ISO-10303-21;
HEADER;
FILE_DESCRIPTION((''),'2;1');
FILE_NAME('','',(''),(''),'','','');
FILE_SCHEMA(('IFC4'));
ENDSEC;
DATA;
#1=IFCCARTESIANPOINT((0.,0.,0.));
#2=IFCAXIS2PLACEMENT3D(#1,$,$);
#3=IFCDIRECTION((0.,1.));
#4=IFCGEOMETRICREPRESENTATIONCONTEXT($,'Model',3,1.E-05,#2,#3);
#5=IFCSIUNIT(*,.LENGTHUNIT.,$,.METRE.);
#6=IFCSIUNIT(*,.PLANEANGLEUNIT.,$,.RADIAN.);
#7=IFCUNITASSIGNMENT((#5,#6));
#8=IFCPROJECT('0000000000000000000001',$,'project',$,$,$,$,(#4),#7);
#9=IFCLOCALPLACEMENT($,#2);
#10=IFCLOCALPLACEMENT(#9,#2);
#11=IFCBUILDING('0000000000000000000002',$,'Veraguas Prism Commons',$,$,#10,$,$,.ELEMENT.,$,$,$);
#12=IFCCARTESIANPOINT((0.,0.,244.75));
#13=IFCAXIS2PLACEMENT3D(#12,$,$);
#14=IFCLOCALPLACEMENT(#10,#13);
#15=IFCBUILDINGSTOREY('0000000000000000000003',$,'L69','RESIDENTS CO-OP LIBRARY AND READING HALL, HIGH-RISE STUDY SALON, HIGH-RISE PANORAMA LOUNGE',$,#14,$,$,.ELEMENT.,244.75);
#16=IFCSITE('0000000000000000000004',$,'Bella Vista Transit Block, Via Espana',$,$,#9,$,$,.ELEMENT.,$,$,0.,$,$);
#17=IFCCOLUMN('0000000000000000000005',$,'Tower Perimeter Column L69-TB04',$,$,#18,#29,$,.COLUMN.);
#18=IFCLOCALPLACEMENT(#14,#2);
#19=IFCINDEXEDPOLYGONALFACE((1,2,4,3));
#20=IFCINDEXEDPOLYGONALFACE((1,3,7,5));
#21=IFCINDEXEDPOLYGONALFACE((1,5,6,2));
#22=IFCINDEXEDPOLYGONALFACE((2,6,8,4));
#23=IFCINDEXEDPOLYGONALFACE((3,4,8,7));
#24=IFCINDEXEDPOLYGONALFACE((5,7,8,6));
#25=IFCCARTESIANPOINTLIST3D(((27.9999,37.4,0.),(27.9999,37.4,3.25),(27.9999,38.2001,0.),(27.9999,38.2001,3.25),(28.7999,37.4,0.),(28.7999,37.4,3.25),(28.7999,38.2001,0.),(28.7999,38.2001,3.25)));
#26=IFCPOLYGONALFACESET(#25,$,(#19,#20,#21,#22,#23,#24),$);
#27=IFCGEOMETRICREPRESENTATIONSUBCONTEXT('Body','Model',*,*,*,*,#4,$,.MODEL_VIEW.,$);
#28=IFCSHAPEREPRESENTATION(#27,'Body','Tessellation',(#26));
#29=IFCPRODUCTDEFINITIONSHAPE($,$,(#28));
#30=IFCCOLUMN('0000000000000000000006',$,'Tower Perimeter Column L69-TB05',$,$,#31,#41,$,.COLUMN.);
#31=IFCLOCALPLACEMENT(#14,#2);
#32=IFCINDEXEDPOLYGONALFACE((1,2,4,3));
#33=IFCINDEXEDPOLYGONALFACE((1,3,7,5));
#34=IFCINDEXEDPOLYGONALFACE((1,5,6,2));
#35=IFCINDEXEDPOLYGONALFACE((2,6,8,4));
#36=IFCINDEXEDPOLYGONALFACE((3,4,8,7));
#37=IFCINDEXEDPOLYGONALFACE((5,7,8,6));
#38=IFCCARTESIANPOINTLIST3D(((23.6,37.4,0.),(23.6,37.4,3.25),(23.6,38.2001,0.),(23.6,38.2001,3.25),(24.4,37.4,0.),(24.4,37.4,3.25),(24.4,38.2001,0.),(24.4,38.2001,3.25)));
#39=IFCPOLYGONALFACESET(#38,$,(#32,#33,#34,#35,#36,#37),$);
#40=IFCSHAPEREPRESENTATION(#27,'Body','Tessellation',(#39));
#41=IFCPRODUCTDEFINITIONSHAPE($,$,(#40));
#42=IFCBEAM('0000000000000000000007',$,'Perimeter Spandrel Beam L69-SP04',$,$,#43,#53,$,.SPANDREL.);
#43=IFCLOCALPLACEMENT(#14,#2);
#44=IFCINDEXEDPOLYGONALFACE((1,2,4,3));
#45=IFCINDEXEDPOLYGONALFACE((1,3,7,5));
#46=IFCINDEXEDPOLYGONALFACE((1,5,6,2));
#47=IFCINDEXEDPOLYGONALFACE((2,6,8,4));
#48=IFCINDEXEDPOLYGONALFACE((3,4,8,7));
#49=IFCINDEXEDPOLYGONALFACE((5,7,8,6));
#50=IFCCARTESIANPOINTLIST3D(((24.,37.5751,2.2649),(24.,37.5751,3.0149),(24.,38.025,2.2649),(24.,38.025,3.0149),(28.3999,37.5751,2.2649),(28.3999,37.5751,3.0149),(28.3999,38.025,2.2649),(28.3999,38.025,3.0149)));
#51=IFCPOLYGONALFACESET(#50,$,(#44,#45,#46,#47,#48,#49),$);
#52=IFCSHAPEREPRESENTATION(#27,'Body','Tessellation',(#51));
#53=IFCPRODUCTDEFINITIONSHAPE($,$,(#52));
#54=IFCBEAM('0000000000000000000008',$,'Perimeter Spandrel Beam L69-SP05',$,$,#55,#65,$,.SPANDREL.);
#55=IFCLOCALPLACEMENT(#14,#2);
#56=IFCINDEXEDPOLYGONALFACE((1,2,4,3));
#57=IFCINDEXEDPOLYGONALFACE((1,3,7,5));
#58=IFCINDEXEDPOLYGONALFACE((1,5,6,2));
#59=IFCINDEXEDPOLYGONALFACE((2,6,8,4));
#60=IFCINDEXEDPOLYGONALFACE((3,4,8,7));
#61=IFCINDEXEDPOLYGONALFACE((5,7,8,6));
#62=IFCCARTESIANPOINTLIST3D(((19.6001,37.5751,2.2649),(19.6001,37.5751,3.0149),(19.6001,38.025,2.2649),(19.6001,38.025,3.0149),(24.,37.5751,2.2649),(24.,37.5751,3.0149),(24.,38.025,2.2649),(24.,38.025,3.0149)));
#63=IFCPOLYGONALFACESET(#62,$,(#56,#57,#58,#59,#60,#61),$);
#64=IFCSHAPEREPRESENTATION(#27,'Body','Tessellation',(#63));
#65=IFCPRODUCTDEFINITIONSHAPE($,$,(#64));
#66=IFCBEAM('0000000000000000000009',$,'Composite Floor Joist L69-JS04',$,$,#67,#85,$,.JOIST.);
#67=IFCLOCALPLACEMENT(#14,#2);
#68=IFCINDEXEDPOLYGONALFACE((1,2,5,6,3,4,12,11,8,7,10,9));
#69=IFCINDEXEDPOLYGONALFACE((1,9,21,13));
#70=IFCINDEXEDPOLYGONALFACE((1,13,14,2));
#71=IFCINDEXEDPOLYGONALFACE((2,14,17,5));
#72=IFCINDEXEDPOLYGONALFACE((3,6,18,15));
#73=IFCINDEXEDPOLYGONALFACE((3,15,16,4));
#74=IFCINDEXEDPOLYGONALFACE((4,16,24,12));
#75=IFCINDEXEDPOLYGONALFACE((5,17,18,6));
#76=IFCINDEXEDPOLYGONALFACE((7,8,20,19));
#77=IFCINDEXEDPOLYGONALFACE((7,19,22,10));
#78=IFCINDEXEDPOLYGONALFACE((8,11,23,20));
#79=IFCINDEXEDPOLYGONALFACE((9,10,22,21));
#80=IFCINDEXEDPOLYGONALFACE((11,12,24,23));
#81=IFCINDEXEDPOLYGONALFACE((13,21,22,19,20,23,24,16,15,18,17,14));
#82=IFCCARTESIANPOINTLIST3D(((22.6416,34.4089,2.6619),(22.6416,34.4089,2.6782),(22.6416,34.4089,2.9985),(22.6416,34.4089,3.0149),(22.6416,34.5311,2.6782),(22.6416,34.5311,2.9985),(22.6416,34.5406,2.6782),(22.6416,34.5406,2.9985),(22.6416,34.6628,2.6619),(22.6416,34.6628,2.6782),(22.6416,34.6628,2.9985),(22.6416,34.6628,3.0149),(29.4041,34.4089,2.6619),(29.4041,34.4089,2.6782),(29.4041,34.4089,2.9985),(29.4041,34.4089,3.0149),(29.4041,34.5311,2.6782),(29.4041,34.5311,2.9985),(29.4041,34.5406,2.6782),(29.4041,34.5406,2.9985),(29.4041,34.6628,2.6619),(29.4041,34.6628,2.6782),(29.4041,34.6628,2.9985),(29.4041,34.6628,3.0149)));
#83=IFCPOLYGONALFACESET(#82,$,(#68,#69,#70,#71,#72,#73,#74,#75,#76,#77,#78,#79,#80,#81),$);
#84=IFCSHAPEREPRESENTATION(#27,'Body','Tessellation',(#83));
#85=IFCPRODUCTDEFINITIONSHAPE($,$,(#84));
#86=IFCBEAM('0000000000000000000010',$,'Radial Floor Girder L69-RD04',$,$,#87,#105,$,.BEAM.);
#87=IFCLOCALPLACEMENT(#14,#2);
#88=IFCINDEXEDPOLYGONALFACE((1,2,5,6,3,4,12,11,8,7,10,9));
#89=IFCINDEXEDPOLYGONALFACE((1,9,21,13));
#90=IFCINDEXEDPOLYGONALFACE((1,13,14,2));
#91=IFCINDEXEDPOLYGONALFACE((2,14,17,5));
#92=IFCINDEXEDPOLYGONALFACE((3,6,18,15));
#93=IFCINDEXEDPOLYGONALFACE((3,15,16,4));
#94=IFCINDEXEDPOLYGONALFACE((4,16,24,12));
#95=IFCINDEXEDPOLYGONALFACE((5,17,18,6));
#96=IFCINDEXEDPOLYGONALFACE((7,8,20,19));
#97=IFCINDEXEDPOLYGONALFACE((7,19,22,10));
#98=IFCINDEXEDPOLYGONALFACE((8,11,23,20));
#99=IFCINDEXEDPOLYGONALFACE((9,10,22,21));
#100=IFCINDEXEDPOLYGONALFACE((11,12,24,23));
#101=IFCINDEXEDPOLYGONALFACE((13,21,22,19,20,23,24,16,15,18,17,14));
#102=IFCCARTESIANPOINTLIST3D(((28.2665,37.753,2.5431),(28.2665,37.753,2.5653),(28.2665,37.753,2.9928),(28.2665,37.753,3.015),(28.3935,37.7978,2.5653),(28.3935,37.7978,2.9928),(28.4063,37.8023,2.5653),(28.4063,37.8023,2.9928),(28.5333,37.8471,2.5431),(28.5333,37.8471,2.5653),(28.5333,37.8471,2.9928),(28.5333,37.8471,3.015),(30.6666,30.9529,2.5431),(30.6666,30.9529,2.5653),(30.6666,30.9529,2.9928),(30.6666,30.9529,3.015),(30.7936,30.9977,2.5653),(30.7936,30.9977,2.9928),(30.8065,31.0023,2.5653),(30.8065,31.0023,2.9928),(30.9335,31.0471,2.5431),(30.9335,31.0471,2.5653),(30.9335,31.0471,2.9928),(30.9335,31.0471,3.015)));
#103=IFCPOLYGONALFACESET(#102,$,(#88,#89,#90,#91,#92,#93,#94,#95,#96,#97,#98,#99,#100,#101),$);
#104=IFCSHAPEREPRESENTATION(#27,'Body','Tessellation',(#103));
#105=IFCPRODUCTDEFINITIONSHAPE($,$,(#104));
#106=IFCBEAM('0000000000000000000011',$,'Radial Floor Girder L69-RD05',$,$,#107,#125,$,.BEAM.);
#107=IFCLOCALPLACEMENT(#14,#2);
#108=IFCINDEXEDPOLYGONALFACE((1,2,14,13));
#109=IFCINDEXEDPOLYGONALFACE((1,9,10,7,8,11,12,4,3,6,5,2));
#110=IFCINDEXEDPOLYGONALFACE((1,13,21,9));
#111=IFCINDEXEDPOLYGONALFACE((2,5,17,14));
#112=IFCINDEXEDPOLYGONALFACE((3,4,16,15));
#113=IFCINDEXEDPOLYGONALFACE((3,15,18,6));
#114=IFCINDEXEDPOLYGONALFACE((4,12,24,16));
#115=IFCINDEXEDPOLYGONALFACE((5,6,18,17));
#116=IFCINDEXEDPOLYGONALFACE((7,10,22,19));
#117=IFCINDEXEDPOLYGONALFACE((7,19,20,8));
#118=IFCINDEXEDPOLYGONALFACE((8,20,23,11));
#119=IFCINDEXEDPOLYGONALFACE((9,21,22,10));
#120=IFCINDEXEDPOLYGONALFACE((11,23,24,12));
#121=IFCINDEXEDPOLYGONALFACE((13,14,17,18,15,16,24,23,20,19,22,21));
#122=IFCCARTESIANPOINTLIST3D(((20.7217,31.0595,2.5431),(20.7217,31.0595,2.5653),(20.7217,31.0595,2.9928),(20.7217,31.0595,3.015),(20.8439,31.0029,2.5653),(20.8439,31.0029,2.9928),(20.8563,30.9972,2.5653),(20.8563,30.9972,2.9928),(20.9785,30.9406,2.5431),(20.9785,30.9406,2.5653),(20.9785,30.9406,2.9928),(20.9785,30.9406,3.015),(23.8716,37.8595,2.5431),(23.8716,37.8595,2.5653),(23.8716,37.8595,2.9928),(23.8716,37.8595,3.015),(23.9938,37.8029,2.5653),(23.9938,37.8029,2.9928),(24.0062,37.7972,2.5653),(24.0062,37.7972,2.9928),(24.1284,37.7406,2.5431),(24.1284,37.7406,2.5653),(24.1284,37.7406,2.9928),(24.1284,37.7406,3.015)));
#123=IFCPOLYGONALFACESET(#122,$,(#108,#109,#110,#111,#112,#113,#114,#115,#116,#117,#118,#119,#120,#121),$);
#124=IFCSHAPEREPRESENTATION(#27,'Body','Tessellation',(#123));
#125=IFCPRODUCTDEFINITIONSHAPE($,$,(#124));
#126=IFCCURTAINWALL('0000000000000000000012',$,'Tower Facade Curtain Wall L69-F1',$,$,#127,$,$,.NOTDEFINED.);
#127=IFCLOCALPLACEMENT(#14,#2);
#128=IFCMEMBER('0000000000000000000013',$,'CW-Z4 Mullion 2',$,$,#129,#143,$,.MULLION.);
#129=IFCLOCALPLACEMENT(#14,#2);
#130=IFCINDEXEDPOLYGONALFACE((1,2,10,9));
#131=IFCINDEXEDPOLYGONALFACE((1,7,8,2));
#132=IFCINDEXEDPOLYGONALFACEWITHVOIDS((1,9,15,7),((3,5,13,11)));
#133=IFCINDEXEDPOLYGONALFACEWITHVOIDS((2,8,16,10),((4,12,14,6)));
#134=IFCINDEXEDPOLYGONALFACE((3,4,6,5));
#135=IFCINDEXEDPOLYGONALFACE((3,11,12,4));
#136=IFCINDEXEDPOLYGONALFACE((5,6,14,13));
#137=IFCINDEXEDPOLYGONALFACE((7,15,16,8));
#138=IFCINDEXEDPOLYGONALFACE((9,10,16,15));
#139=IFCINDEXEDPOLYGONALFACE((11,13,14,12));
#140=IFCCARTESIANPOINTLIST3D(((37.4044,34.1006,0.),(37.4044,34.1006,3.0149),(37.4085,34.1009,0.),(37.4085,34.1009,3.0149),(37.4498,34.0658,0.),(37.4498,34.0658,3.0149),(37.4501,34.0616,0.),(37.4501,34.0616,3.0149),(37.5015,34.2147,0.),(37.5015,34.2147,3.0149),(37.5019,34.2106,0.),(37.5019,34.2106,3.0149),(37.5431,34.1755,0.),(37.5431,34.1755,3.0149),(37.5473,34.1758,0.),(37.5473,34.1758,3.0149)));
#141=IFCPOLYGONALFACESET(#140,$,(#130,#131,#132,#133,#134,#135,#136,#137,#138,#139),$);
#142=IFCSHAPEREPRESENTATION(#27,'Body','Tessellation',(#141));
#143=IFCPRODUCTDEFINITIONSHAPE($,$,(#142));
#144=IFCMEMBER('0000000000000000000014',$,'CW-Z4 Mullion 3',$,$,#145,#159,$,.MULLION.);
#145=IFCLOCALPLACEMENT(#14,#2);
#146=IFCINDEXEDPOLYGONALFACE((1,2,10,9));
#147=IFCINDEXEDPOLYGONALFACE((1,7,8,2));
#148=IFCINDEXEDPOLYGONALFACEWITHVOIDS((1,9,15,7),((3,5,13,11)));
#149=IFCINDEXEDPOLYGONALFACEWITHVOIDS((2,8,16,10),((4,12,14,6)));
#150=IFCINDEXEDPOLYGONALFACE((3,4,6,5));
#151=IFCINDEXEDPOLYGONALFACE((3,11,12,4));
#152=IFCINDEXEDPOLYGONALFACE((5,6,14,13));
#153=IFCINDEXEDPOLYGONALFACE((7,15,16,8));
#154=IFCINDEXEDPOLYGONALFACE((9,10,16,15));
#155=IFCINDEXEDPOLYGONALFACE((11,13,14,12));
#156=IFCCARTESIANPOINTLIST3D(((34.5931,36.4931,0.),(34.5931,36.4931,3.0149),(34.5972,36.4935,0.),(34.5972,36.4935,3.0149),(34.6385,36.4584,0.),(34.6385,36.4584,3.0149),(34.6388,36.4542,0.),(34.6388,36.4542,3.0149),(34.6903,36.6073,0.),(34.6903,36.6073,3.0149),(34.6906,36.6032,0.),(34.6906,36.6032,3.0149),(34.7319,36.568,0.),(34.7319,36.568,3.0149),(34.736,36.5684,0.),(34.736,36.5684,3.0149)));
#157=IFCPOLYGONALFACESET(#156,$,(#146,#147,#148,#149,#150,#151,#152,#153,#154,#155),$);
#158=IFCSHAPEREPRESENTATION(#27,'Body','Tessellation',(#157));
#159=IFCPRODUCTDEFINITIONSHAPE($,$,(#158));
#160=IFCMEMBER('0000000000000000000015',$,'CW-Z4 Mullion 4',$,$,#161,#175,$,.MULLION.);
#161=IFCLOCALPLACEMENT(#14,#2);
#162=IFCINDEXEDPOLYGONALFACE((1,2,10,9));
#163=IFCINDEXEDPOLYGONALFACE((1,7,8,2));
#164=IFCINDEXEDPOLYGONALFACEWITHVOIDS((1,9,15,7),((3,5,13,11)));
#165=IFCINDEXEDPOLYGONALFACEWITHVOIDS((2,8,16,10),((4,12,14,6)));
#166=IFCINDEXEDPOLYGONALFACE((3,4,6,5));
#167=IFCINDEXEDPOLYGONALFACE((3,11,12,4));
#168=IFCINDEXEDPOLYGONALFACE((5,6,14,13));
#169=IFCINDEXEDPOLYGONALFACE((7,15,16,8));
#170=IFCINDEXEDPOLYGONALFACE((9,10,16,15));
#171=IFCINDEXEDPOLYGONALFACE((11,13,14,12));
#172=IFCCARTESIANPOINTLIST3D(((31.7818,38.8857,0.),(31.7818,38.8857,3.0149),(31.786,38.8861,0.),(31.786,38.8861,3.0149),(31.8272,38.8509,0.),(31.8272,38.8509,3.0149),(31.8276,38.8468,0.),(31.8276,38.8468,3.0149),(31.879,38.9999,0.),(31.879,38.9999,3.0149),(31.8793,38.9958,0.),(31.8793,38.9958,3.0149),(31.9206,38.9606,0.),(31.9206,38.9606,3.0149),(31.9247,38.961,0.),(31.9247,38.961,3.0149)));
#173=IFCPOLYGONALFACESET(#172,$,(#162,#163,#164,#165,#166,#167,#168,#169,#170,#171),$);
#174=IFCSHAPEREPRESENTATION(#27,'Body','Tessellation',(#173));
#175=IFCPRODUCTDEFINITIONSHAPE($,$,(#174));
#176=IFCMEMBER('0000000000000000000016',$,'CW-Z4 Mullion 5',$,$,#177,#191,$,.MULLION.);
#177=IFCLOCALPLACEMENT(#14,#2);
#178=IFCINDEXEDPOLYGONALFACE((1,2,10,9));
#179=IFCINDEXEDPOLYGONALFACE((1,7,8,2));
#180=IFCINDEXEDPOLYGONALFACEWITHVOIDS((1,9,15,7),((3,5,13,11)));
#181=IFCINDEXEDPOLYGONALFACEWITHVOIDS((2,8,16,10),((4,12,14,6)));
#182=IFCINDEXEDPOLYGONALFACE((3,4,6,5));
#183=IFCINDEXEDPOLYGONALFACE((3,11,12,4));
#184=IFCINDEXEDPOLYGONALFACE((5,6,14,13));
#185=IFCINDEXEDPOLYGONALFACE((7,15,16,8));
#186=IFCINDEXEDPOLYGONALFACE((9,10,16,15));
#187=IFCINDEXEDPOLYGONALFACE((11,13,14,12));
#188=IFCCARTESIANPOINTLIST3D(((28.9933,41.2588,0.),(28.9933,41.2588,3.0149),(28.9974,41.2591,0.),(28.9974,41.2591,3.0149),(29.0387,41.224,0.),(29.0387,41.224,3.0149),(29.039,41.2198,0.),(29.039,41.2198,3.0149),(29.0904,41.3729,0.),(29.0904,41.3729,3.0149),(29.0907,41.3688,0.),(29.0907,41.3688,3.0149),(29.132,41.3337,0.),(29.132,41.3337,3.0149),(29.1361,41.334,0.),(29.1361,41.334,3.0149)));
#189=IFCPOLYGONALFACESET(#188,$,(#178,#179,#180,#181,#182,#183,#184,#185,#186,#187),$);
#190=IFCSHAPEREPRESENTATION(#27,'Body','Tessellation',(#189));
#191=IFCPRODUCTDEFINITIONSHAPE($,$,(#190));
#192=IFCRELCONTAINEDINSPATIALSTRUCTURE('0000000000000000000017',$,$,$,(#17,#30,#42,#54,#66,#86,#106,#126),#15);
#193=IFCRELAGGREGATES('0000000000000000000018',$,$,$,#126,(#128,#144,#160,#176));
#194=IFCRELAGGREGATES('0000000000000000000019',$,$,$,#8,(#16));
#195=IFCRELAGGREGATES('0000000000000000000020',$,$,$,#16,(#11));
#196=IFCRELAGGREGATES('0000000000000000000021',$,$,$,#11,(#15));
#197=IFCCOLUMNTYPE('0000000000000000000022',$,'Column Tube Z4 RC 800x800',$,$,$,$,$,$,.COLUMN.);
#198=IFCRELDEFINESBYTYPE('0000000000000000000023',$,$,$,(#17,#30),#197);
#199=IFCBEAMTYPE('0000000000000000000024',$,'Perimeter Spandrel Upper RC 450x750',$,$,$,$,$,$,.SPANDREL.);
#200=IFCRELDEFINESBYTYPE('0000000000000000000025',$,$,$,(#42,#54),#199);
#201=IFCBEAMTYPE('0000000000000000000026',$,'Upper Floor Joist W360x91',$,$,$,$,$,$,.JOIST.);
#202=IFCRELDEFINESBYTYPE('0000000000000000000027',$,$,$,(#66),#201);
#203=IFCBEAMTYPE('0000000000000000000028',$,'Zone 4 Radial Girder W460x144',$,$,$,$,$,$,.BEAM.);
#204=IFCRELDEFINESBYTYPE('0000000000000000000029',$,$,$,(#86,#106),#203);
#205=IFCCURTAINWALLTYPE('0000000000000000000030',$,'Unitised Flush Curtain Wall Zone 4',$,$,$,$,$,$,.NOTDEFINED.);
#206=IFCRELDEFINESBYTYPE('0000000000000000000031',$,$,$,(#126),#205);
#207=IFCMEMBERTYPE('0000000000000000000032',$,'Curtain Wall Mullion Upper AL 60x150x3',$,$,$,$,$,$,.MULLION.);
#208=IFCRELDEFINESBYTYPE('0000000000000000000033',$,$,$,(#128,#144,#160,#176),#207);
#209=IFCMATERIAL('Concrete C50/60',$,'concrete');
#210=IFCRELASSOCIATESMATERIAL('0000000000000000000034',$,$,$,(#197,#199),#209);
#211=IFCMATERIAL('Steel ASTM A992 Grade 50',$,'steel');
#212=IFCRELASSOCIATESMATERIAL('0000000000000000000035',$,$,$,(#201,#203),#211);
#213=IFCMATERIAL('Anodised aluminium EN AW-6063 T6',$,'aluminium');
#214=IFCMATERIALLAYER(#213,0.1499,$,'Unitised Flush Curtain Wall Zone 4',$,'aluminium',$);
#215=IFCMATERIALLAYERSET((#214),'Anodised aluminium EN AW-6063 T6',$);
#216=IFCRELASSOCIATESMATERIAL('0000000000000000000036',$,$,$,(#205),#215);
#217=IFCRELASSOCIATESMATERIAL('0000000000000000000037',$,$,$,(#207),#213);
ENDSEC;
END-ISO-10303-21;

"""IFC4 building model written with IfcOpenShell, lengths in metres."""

from ifc_helpers import new_model, si_unit, direction, frame, origin, origin_2d, place, context, subcontext, project, spatial, rectangle, hollow_rectangle, i_section, extrude, source, transform, mapped, material, layer, layer_set, material_profile, profile_set, type_object, element, aggregate, save


model = new_model("IFC4")

# Units and contexts
model_context = context("Model", 3, precision=1e-05, world=origin(), true_north=direction((0.0, 1.0)))
body_context = subcontext(model_context, "Body", "Model", "MODEL_VIEW")
ifc_project = project(units=[si_unit("LENGTHUNIT", "METRE"), si_unit("PLANEANGLEUNIT", "RADIAN")], contexts=[model_context])

# Site, building, storey
site_placement = place(None, origin())
site = spatial("IfcSite", under=ifc_project, at=site_placement, Name="Bella Vista Transit Block, Via Espana", CompositionType="ELEMENT", RefElevation=0.0)
building_placement = place(site_placement, origin())
building = spatial("IfcBuilding", under=site, at=building_placement, Name="Veraguas Prism Commons", CompositionType="ELEMENT")
storey_placement = place(building_placement, frame((0.0, 0.0, 244.75)))
storey = spatial("IfcBuildingStorey", under=building, at=storey_placement, Name="L69", Description="RESIDENTS CO-OP LIBRARY AND READING HALL, HIGH-RISE STUDY SALON, HIGH-RISE PANORAMA LOUNGE", CompositionType="ELEMENT", Elevation=244.75)

# Columns
ifc_material_1 = material(Name="Concrete C50/60", Category="concrete")
ifc_material_profile_1 = material_profile(ifc_material_1, rectangle(XDim=0.8, YDim=0.8, at=origin_2d()), Name="RC800X800")
ifc_profile_set_1 = profile_set([ifc_material_profile_1], Name="Concrete C50/60")
column_type = type_object("IfcColumnType", Name="Column Tube Z4 RC 800x800", PredefinedType="COLUMN", material=ifc_profile_set_1)
for number, where, z_axis, x_axis, name in (
    (1, (28.3999, 37.8, 0.0), (0.0, 0.0, 1.0), (1.0, 0.0, 0.0), "Tower Perimeter Column L69-TB04"),
    (2, (24.0, 37.8, 0.0), (0.0, 0.0, 1.0), (1.0, 0.0, 0.0), "Tower Perimeter Column L69-TB05"),
):
    element("IfcColumn", number, at=place(storey_placement, frame(where, z_axis=z_axis, x_axis=x_axis)), inside=storey, type_object=column_type, Name=name, PredefinedType="COLUMN", context=body_context, shape_type="SweptSolid", body=[
        extrude(rectangle(XDim=0.8, YDim=0.8, at=origin_2d()), origin(), (0.0, 0.0, 1.0), 3.25),
    ])

# Beams
ifc_material_profile_2 = material_profile(ifc_material_1, rectangle(XDim=0.45, YDim=0.75, at=origin_2d()), Name="RC450X750")
ifc_profile_set_2 = profile_set([ifc_material_profile_2], Name="Concrete C50/60")
beam_type_1 = type_object("IfcBeamType", Name="Perimeter Spandrel Upper RC 450x750", PredefinedType="SPANDREL", material=ifc_profile_set_2)
for number, where, z_axis, x_axis, name in (
    (3, (28.3999, 37.8, 2.6399), (-1.0, 0.0, 0.0), (0.0, -1.0, 0.0), "Perimeter Spandrel Beam L69-SP04"),
    (4, (24.0, 37.8, 2.6399), (-1.0, 0.0, 0.0), (0.0, -1.0, 0.0), "Perimeter Spandrel Beam L69-SP05"),
):
    element("IfcBeam", number, at=place(storey_placement, frame(where, z_axis=z_axis, x_axis=x_axis)), inside=storey, type_object=beam_type_1, Name=name, PredefinedType="SPANDREL", context=body_context, shape_type="SweptSolid", body=[
        extrude(rectangle(XDim=0.45, YDim=0.75, at=origin_2d()), origin(), (0.0, 0.0, 1.0), 4.3999),
    ])
ifc_material_2 = material(Name="Steel ASTM A992 Grade 50", Category="steel")
ifc_material_profile_3 = material_profile(ifc_material_2, i_section(OverallWidth=0.2539, OverallDepth=0.353, WebThickness=0.0095, FlangeThickness=0.0164, at=origin_2d()), Name="W360X91")
ifc_profile_set_3 = profile_set([ifc_material_profile_3], Name="Steel ASTM A992 Grade 50")
beam_type_2 = type_object("IfcBeamType", Name="Upper Floor Joist W360x91", PredefinedType="JOIST", material=ifc_profile_set_3)
beam_1_placement = place(storey_placement, frame((29.4041, 34.5359, 2.8384), z_axis=(-1.0, 0.0, 0.0), x_axis=(0.0, -1.0, 0.0)))
element("IfcBeam", 5, at=beam_1_placement, inside=storey, type_object=beam_type_2, Name="Composite Floor Joist L69-JS04", PredefinedType="JOIST", context=body_context, shape_type="SweptSolid", body=[
    extrude(i_section(OverallWidth=0.2539, OverallDepth=0.353, WebThickness=0.0095, FlangeThickness=0.0164, at=origin_2d()), origin(), (0.0, 0.0, 1.0), 6.7625),
])
ifc_material_profile_4 = material_profile(ifc_material_2, i_section(OverallWidth=0.283, OverallDepth=0.4719, WebThickness=0.0137, FlangeThickness=0.0222, at=origin_2d()), Name="W460X144")
ifc_profile_set_4 = profile_set([ifc_material_profile_4], Name="Steel ASTM A992 Grade 50")
beam_type_3 = type_object("IfcBeamType", Name="Zone 4 Radial Girder W460x144", PredefinedType="BEAM", material=ifc_profile_set_4)
beam_2_placement = place(storey_placement, frame((28.3999, 37.8, 2.7791), z_axis=(0.332836, -0.942985, 0.0), x_axis=(0.942985, 0.332836, 0.0)))
element("IfcBeam", 6, at=beam_2_placement, inside=storey, type_object=beam_type_3, Name="Radial Floor Girder L69-RD04", PredefinedType="BEAM", context=body_context, shape_type="SweptSolid", body=[
    extrude(i_section(OverallWidth=0.283, OverallDepth=0.4719, WebThickness=0.0137, FlangeThickness=0.0222, at=origin_2d()), origin(), (0.0, 0.0, 1.0), 7.2112),
])
beam_3_placement = place(storey_placement, frame((24.0, 37.8, 2.7791), z_axis=(-0.420314, -0.907379, 0.0), x_axis=(0.907379, -0.420314, 0.0)))
element("IfcBeam", 7, at=beam_3_placement, inside=storey, type_object=beam_type_3, Name="Radial Floor Girder L69-RD05", PredefinedType="BEAM", context=body_context, shape_type="SweptSolid", body=[
    extrude(i_section(OverallWidth=0.283, OverallDepth=0.4719, WebThickness=0.0137, FlangeThickness=0.0222, at=origin_2d()), origin(), (0.0, 0.0, 1.0), 7.4941),
])

# Curtain wall, members
ifc_material_3 = material(Name="Anodised aluminium EN AW-6063 T6", Category="aluminium")
ifc_layer_1 = layer(ifc_material_3, 0.1499, Name="Unitised Flush Curtain Wall Zone 4", Category="aluminium")
ifc_layer_set_1 = layer_set([ifc_layer_1], Name="Anodised aluminium EN AW-6063 T6")
curtain_wall_type = type_object("IfcCurtainWallType", Name="Unitised Flush Curtain Wall Zone 4", PredefinedType="NOTDEFINED", material=ifc_layer_set_1)
curtain_wall_1_placement = place(storey_placement, origin())
curtain_wall_1 = element("IfcCurtainWall", 8, at=curtain_wall_1_placement, inside=storey, type_object=curtain_wall_type, Name="Tower Facade Curtain Wall L69-F1", PredefinedType="NOTDEFINED")
ifc_material_profile_5 = material_profile(ifc_material_3, hollow_rectangle(XDim=0.0601, YDim=0.1499, WallThickness=0.0029, at=origin_2d()), Name="AL60X150X3")
ifc_profile_set_5 = profile_set([ifc_material_profile_5], Name="Anodised aluminium EN AW-6063 T6")
member_type_1 = type_object("IfcMemberType", Name="Curtain Wall Mullion Upper AL 60x150x3", PredefinedType="MULLION", material=ifc_profile_set_5)
shared_shape_1 = source(origin(), body_context, "Body", "SweptSolid", [
    extrude(hollow_rectangle(XDim=0.0601, YDim=0.1499, WallThickness=0.0029, at=origin_2d()), origin(), (0.0, 0.0, 1.0), 3.0149),
])
member_1_placement = place(storey_placement, frame((37.4758, 34.1382, 0.0), z_axis=(0.0, 0.0, 1.0), x_axis=(-0.761538, 0.64812, 0.0)))
member_1 = element("IfcMember", 9, at=member_1_placement, type_object=member_type_1, Name="CW-Z4 Mullion 2", PredefinedType="MULLION", context=body_context, shape_type="MappedRepresentation", body=[
    mapped(shared_shape_1, transform((0.0, 0.0, 0.0), scale=1.0)),
])
member_2_placement = place(storey_placement, frame((34.6646, 36.5308, 0.0), z_axis=(0.0, 0.0, 1.0), x_axis=(-0.761538, 0.64812, 0.0)))
member_2 = element("IfcMember", 10, at=member_2_placement, type_object=member_type_1, Name="CW-Z4 Mullion 3", PredefinedType="MULLION", context=body_context, shape_type="MappedRepresentation", body=[
    mapped(shared_shape_1, transform((0.0, 0.0, 0.0), scale=1.0)),
])
member_3_placement = place(storey_placement, frame((31.8533, 38.9233, 0.0), z_axis=(0.0, 0.0, 1.0), x_axis=(-0.761538, 0.64812, 0.0)))
member_3 = element("IfcMember", 11, at=member_3_placement, type_object=member_type_1, Name="CW-Z4 Mullion 4", PredefinedType="MULLION", context=body_context, shape_type="MappedRepresentation", body=[
    mapped(shared_shape_1, transform((0.0, 0.0, 0.0), scale=1.0)),
])
member_4_placement = place(storey_placement, frame((29.0647, 41.2964, 0.0), z_axis=(0.0, 0.0, 1.0), x_axis=(-0.761538, 0.64812, 0.0)))
member_4 = element("IfcMember", 12, at=member_4_placement, type_object=member_type_1, Name="CW-Z4 Mullion 5", PredefinedType="MULLION", context=body_context, shape_type="MappedRepresentation", body=[
    mapped(shared_shape_1, transform((0.0, 0.0, 0.0), scale=1.0)),
])

aggregate(curtain_wall_1, [member_1, member_2, member_3, member_4])

save(model, "model.ifc")
